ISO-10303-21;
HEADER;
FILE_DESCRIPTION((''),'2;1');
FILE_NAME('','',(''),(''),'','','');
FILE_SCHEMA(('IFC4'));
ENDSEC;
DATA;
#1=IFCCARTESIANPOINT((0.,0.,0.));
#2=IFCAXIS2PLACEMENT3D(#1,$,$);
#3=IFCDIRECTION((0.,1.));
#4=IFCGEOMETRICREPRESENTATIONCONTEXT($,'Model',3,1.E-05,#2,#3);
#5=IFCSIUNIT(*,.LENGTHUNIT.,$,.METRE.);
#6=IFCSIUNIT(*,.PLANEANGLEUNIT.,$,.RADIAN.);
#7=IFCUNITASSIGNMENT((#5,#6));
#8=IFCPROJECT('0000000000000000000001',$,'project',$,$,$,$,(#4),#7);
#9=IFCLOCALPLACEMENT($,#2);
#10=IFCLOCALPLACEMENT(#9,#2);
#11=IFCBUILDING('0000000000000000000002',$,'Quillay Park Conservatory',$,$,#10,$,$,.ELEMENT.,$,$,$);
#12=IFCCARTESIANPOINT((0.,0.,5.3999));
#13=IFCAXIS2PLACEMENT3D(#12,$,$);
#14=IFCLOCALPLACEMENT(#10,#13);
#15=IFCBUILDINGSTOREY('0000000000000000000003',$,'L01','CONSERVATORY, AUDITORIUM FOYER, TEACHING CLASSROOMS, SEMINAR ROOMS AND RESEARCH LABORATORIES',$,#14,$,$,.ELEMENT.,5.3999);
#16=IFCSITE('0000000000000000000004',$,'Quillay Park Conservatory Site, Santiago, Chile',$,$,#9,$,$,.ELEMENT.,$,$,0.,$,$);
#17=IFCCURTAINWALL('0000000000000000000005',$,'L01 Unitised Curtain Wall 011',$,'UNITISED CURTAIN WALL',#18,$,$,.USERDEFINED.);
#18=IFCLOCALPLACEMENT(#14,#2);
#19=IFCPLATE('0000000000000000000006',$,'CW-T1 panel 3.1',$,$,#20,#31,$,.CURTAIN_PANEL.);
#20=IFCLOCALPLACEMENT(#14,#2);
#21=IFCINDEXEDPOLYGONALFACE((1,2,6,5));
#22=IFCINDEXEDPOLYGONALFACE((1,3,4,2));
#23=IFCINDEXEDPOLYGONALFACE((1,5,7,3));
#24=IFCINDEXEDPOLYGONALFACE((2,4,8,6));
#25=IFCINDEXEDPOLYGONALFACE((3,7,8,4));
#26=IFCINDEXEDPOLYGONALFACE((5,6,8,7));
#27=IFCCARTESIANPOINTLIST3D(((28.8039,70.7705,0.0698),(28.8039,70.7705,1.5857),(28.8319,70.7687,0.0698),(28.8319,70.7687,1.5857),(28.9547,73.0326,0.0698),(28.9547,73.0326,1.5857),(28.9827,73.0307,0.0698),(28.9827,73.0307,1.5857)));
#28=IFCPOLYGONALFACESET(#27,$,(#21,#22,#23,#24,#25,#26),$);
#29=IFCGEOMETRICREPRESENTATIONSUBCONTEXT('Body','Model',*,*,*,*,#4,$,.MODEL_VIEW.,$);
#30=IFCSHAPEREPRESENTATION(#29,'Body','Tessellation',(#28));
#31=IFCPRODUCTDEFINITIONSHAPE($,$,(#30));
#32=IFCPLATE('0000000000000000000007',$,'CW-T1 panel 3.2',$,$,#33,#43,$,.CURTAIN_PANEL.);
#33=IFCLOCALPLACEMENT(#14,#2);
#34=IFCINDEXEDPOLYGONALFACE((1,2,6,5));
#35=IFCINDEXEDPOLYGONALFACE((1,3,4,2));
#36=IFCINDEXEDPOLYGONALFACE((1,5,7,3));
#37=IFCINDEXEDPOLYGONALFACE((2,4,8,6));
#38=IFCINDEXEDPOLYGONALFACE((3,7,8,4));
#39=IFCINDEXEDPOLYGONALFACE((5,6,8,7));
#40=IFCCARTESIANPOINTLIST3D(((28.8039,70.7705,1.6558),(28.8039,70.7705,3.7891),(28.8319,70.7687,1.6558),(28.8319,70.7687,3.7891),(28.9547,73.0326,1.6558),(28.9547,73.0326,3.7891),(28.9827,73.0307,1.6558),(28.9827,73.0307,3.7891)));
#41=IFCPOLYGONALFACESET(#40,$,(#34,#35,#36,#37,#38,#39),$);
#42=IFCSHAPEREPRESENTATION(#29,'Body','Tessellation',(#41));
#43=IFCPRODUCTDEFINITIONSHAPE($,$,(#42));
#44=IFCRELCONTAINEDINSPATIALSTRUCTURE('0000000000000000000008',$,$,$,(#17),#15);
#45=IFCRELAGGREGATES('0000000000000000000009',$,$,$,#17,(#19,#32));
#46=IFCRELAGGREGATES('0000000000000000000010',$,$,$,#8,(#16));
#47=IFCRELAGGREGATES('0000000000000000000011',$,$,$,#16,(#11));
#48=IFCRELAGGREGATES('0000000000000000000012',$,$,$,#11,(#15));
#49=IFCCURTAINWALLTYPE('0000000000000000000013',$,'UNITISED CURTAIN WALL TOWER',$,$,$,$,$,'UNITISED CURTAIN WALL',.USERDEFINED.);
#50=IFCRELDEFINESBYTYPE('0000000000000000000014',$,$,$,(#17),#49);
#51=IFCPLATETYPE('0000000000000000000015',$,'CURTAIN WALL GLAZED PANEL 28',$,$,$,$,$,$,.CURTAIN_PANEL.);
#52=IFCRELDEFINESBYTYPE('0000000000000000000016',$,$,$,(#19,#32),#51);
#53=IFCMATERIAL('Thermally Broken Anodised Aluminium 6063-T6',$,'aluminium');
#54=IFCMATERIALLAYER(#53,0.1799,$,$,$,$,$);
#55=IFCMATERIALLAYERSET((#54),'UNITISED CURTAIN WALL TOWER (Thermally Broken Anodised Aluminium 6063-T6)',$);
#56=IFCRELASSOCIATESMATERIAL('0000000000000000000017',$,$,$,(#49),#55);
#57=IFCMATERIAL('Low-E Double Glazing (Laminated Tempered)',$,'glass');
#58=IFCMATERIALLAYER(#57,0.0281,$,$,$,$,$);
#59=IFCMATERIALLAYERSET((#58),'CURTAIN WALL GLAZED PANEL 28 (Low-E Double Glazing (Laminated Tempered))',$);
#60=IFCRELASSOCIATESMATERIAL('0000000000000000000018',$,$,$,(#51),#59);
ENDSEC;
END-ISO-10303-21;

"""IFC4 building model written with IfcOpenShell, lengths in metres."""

from ifc_helpers import new_model, si_unit, direction, frame, origin, origin_2d, place, context, subcontext, project, spatial, rectangle, extrude, material, layer, layer_set, type_object, element, aggregate, save


model = new_model("IFC4")

# Units and contexts
model_context = context("Model", 3, precision=1e-05, world=origin(), true_north=direction((0.0, 1.0)))
body_context = subcontext(model_context, "Body", "Model", "MODEL_VIEW")
ifc_project = project(units=[si_unit("LENGTHUNIT", "METRE"), si_unit("PLANEANGLEUNIT", "RADIAN")], contexts=[model_context])

# Site, building, storey
site_placement = place(None, origin())
site = spatial("IfcSite", under=ifc_project, at=site_placement, Name="Quillay Park Conservatory Site, Santiago, Chile", CompositionType="ELEMENT", RefElevation=0.0)
building_placement = place(site_placement, origin())
building = spatial("IfcBuilding", under=site, at=building_placement, Name="Quillay Park Conservatory", CompositionType="ELEMENT")
storey_placement = place(building_placement, frame((0.0, 0.0, 5.3999)))
storey = spatial("IfcBuildingStorey", under=building, at=storey_placement, Name="L01", Description="CONSERVATORY, AUDITORIUM FOYER, TEACHING CLASSROOMS, SEMINAR ROOMS AND RESEARCH LABORATORIES", CompositionType="ELEMENT", Elevation=5.3999)

# Curtain wall
ifc_material_1 = material(Name="Thermally Broken Anodised Aluminium 6063-T6", Category="aluminium")
ifc_layer_1 = layer(ifc_material_1, 0.1799)
ifc_layer_set_1 = layer_set([ifc_layer_1], Name="UNITISED CURTAIN WALL TOWER (Thermally Broken Anodised Aluminium 6063-T6)")
curtain_wall_type = type_object("IfcCurtainWallType", Name="UNITISED CURTAIN WALL TOWER", ElementType="UNITISED CURTAIN WALL", PredefinedType="USERDEFINED", material=ifc_layer_set_1)
curtain_wall_placement = place(storey_placement, origin())
curtain_wall = element("IfcCurtainWall", 1, at=curtain_wall_placement, inside=storey, type_object=curtain_wall_type, Name="L01 Unitised Curtain Wall 011", ObjectType="UNITISED CURTAIN WALL", PredefinedType="USERDEFINED")

# Plates
ifc_material_2 = material(Name="Low-E Double Glazing (Laminated Tempered)", Category="glass")
ifc_layer_2 = layer(ifc_material_2, 0.0281)
ifc_layer_set_2 = layer_set([ifc_layer_2], Name="CURTAIN WALL GLAZED PANEL 28 (Low-E Double Glazing (Laminated Tempered))")
plate_type = type_object("IfcPlateType", Name="CURTAIN WALL GLAZED PANEL 28", PredefinedType="CURTAIN_PANEL", material=ifc_layer_set_2)
plate_1_placement = place(storey_placement, frame((28.8933, 71.9006, 0.0698), z_axis=(0.0, 0.0, 1.0), x_axis=(-0.066521, -0.997785, 0.0)))
plate_1 = element("IfcPlate", 2, at=plate_1_placement, type_object=plate_type, Name="CW-T1 panel 3.1", PredefinedType="CURTAIN_PANEL", context=body_context, shape_type="SweptSolid", body=[
    extrude(rectangle(XDim=2.2671, YDim=0.0281, at=origin_2d()), origin(), (0.0, 0.0, 1.0), 1.5159),
])
plate_2_placement = place(storey_placement, frame((28.8933, 71.9006, 1.6558), z_axis=(0.0, 0.0, 1.0), x_axis=(-0.066521, -0.997785, 0.0)))
plate_2 = element("IfcPlate", 3, at=plate_2_placement, type_object=plate_type, Name="CW-T1 panel 3.2", PredefinedType="CURTAIN_PANEL", context=body_context, shape_type="SweptSolid", body=[
    extrude(rectangle(XDim=2.2671, YDim=0.0281, at=origin_2d()), origin(), (0.0, 0.0, 1.0), 2.1333),
])
aggregate(curtain_wall, [plate_1, plate_2])

save(model, "model.ifc")
